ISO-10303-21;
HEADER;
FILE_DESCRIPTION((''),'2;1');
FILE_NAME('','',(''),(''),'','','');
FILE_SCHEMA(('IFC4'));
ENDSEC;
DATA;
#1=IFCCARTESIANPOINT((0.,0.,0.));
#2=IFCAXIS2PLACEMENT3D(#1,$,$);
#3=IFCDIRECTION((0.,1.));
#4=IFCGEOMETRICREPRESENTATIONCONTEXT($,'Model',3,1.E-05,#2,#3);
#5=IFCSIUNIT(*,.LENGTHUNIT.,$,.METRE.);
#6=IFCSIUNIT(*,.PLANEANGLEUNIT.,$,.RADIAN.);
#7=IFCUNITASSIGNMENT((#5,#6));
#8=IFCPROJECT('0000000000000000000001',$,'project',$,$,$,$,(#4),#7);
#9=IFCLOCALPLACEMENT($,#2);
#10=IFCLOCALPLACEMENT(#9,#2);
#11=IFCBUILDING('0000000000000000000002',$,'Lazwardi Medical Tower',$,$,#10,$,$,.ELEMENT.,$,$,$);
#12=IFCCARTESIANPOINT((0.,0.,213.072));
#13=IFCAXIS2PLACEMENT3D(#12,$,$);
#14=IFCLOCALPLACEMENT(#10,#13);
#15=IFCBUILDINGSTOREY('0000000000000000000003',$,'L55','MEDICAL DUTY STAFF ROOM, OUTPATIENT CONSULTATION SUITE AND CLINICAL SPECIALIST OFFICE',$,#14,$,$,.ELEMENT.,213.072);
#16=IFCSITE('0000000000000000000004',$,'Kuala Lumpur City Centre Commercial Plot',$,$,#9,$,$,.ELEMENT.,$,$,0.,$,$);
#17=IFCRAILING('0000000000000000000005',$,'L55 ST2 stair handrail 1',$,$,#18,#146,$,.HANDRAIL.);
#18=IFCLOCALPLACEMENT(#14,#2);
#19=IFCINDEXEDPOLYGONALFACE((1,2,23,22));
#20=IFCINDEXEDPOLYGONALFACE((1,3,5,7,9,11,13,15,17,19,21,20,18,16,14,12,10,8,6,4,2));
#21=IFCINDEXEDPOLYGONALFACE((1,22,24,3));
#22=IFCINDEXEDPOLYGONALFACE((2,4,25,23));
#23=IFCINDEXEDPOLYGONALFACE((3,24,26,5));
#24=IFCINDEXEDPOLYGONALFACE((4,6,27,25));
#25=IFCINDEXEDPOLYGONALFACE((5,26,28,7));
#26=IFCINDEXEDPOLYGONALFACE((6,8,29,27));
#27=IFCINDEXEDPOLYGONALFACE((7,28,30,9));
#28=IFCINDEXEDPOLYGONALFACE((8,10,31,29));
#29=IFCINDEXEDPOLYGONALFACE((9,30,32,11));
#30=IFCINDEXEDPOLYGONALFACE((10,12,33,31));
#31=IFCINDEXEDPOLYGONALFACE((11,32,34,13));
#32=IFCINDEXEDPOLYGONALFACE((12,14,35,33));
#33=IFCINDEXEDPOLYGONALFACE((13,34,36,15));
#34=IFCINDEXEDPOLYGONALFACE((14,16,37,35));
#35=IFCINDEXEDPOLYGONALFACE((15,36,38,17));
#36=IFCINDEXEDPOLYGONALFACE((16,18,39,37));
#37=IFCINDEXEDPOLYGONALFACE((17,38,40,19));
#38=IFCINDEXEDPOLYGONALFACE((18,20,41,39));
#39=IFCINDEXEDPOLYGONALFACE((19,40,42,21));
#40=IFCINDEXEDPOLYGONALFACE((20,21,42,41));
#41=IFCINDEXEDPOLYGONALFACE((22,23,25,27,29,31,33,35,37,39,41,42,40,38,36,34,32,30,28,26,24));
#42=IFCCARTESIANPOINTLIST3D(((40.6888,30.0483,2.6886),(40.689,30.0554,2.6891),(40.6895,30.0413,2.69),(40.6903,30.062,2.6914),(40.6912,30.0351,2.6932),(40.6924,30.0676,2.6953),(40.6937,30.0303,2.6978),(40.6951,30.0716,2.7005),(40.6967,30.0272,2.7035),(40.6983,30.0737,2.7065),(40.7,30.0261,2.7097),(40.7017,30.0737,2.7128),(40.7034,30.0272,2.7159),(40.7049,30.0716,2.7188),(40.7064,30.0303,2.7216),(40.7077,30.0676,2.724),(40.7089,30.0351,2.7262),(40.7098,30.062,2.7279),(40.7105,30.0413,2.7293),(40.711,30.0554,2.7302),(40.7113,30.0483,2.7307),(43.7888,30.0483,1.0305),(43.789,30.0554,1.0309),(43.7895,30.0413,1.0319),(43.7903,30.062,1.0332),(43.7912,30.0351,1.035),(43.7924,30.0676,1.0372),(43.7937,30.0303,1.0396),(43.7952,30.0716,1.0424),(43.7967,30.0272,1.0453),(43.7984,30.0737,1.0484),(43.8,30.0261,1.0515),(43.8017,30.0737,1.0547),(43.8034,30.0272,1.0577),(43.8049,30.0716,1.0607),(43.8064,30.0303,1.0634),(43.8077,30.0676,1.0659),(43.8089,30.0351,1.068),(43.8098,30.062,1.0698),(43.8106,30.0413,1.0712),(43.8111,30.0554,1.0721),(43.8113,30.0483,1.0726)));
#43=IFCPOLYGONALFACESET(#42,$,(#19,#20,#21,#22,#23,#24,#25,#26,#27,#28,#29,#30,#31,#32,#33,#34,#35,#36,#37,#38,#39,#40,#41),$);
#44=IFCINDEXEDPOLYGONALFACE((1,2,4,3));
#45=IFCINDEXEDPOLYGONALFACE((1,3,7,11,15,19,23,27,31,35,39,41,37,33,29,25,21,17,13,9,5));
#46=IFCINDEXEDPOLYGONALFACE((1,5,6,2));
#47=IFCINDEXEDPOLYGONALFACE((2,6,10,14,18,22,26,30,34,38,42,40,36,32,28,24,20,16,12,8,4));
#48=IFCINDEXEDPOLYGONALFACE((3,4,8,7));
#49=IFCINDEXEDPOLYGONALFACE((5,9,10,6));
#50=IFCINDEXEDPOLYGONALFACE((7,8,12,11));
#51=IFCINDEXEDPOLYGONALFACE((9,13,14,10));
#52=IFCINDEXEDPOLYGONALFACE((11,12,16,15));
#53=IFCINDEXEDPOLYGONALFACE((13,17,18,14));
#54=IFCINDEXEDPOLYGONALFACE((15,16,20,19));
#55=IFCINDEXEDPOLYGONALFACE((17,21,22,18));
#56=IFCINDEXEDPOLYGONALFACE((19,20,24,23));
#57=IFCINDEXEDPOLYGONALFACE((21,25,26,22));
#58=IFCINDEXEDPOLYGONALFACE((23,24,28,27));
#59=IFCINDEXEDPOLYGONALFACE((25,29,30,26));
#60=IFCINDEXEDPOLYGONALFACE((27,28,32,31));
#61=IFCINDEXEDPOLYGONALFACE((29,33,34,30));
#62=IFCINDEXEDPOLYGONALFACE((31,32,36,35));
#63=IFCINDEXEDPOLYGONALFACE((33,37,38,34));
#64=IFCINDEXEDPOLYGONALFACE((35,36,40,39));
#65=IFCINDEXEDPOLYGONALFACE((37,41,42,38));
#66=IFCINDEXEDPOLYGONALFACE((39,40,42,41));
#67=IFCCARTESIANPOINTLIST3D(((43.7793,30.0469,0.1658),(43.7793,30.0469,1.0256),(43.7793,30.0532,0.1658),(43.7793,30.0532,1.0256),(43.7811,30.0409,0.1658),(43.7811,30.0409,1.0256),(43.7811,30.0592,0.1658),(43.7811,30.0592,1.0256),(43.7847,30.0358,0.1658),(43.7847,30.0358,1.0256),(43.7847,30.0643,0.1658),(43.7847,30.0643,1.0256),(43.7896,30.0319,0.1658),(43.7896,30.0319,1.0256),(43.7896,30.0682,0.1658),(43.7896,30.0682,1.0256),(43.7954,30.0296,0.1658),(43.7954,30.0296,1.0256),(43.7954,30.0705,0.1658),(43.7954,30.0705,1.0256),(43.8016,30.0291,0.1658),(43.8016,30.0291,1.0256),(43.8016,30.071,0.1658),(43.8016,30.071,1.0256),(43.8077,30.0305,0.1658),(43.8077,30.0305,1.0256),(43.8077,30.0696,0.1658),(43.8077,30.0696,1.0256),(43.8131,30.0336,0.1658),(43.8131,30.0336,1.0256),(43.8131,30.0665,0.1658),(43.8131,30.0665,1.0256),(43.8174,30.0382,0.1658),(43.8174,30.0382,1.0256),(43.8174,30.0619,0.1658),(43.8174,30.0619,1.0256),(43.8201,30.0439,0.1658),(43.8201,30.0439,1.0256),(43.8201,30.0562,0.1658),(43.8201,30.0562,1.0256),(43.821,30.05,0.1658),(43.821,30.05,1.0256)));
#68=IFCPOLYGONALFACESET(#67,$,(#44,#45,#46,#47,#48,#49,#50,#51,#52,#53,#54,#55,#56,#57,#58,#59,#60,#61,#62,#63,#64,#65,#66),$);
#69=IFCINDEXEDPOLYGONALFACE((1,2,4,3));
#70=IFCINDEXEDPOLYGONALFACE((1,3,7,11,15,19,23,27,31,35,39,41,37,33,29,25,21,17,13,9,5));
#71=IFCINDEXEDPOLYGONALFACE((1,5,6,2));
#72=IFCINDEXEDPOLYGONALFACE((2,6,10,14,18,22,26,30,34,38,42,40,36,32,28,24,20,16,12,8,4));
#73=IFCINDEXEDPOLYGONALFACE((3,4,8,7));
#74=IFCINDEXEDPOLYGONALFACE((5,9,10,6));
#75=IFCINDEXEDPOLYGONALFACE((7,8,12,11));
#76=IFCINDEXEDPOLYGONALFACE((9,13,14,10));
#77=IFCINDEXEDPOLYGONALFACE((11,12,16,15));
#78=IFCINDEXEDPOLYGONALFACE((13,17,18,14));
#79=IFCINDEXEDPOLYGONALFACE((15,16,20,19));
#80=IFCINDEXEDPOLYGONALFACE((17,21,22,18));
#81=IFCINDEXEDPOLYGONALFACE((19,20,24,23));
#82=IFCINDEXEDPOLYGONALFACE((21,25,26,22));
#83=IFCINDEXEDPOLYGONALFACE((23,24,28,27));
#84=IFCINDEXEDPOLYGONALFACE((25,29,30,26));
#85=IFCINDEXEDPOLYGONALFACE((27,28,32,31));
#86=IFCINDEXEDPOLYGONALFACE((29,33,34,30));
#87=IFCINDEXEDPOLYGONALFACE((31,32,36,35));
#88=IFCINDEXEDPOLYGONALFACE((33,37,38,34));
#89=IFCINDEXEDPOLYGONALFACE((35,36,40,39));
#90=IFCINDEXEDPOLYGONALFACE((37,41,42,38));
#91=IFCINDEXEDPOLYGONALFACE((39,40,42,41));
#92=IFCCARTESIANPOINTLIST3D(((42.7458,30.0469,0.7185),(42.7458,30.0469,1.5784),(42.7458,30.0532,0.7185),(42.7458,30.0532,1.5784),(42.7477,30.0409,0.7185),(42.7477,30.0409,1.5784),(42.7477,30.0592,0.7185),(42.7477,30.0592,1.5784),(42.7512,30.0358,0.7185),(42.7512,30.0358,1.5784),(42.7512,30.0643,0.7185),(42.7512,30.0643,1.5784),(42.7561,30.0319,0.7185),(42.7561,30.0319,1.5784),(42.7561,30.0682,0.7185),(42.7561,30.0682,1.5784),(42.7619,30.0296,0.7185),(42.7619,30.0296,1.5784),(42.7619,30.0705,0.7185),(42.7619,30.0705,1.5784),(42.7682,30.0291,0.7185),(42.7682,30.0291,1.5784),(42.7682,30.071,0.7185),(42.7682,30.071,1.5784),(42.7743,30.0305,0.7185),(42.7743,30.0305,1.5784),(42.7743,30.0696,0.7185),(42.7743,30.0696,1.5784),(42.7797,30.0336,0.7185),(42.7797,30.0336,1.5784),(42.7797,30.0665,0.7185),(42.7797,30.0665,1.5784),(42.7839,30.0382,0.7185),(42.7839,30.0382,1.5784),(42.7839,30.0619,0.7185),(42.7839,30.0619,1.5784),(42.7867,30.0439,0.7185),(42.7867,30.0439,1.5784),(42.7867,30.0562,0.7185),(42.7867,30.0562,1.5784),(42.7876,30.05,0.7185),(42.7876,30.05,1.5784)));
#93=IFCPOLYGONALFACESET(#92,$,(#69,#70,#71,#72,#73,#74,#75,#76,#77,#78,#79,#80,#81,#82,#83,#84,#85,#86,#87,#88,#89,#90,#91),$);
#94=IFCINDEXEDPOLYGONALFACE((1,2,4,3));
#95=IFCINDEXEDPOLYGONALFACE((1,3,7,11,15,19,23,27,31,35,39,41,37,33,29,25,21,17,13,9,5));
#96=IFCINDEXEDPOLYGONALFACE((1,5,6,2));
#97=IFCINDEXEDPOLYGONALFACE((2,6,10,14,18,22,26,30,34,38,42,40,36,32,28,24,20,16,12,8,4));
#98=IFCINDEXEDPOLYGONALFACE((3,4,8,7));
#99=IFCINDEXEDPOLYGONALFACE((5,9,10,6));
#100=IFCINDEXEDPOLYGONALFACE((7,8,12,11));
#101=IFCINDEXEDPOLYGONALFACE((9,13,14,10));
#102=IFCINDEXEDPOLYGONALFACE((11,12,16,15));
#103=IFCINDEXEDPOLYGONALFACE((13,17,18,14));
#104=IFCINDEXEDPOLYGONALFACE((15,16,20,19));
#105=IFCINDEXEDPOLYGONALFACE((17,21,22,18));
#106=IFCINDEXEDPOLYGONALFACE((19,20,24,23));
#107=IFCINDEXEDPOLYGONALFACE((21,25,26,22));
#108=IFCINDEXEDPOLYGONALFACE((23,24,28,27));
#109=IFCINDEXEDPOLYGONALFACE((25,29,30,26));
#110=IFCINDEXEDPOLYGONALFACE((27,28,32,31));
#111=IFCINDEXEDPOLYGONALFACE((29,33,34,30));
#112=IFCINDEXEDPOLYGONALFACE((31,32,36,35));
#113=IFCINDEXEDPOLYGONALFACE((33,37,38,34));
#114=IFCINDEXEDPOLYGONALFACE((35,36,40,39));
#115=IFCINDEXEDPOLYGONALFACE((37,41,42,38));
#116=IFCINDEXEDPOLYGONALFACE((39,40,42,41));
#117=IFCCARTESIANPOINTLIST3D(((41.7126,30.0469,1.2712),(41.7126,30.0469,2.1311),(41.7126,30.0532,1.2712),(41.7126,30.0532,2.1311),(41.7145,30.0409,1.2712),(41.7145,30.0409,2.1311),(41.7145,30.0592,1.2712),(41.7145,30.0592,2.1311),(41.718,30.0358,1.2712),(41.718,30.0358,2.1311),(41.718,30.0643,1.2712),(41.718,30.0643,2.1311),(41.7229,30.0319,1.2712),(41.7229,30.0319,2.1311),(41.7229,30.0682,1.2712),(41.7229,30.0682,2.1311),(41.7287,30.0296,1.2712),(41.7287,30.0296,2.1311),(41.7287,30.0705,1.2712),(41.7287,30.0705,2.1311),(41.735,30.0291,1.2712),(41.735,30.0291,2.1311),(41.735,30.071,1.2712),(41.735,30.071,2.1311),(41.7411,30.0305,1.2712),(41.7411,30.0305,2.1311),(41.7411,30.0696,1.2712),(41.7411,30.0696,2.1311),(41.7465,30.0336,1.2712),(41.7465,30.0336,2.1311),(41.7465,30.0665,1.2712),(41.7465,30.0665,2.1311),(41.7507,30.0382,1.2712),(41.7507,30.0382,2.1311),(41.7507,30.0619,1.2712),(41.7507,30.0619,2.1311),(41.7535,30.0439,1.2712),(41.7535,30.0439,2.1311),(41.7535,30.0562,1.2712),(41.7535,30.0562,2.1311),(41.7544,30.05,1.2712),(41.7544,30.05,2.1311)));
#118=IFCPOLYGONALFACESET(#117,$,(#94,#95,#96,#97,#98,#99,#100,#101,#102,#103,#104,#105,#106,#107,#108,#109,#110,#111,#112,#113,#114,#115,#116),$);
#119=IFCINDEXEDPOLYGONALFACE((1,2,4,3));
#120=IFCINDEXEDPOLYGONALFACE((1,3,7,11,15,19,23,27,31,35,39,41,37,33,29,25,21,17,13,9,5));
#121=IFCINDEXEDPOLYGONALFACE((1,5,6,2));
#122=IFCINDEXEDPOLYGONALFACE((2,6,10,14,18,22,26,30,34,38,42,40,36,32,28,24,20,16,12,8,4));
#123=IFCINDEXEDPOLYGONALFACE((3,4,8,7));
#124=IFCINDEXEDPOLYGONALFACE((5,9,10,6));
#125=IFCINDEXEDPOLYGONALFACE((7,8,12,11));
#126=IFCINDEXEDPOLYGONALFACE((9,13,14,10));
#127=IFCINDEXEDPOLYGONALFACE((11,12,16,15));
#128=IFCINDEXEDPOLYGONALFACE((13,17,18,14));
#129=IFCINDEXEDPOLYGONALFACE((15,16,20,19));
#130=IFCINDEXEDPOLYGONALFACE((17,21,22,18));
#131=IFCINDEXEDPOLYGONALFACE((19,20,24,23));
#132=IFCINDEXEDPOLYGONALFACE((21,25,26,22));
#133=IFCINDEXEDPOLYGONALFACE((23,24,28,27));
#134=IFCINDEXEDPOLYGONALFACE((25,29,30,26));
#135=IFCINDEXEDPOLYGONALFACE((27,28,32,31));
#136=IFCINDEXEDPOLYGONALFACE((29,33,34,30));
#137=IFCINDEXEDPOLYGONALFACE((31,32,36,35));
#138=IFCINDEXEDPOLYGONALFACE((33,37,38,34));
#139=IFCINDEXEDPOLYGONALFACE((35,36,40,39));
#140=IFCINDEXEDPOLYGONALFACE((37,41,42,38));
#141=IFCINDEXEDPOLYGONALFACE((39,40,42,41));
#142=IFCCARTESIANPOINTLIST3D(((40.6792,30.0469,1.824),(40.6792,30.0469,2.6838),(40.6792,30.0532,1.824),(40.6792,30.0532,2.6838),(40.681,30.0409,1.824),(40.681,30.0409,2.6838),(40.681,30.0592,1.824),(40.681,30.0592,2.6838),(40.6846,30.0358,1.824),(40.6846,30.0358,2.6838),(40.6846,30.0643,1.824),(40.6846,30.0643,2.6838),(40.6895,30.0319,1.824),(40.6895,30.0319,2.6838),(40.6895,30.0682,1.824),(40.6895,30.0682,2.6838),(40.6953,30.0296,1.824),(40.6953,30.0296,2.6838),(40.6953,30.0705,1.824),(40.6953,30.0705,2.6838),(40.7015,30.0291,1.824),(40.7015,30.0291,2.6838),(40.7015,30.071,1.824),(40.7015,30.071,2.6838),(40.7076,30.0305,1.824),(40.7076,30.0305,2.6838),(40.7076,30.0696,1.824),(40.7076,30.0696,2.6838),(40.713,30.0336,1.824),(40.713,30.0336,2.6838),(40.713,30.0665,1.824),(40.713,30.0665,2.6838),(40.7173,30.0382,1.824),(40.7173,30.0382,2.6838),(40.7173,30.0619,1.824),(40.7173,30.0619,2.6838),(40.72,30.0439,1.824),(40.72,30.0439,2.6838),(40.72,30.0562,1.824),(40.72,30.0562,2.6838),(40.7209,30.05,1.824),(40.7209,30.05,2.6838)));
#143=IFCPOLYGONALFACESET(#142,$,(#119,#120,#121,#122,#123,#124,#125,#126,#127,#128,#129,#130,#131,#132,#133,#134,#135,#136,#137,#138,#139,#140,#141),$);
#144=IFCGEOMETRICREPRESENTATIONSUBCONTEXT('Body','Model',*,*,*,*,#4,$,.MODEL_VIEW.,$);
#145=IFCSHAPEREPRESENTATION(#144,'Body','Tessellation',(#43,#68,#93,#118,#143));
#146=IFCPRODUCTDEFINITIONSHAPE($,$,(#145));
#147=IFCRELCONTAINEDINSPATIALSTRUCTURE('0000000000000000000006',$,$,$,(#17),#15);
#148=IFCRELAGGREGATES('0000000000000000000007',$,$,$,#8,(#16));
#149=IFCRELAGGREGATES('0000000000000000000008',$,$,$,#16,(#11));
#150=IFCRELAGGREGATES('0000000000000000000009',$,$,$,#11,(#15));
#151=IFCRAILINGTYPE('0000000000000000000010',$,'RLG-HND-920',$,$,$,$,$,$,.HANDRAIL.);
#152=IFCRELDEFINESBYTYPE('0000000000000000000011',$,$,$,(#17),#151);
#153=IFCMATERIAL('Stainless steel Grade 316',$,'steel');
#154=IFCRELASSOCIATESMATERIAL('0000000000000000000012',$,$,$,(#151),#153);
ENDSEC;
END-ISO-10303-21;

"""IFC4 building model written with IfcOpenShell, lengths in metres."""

from ifc_helpers import new_model, si_unit, direction, frame, origin, origin_2d, place, context, subcontext, project, spatial, circle, extrude, material, type_object, element, save


model = new_model("IFC4")

# Units and contexts
model_context = context("Model", 3, precision=1e-05, world=origin(), true_north=direction((0.0, 1.0)))
body_context = subcontext(model_context, "Body", "Model", "MODEL_VIEW")
ifc_project = project(units=[si_unit("LENGTHUNIT", "METRE"), si_unit("PLANEANGLEUNIT", "RADIAN")], contexts=[model_context])

# Site, building, storey
site_placement = place(None, origin())
site = spatial("IfcSite", under=ifc_project, at=site_placement, Name="Kuala Lumpur City Centre Commercial Plot", CompositionType="ELEMENT", RefElevation=0.0)
building_placement = place(site_placement, origin())
building = spatial("IfcBuilding", under=site, at=building_placement, Name="Lazwardi Medical Tower", CompositionType="ELEMENT")
storey_placement = place(building_placement, frame((0.0, 0.0, 213.072)))
storey = spatial("IfcBuildingStorey", under=building, at=storey_placement, Name="L55", Description="MEDICAL DUTY STAFF ROOM, OUTPATIENT CONSULTATION SUITE AND CLINICAL SPECIALIST OFFICE", CompositionType="ELEMENT", Elevation=213.072)

# Railing
ifc_material_1 = material(Name="Stainless steel Grade 316", Category="steel")
railing_type = type_object("IfcRailingType", Name="RLG-HND-920", PredefinedType="HANDRAIL", material=ifc_material_1)
railing_1_placement = place(storey_placement, frame((43.8, 30.05, 0.1658)))
element("IfcRailing", 1, at=railing_1_placement, inside=storey, type_object=railing_type, Name="L55 ST2 stair handrail 1", PredefinedType="HANDRAIL", context=body_context, shape_type="SweptSolid", body=[
    extrude(circle(Radius=0.0239, at=origin_2d()), frame((0.0, 0.0, 0.8857), z_axis=(-0.881783, 0.0, 0.471655), x_axis=(0.0, -1.0, 0.0)), (0.0, 0.0, 1.0), 3.5156),
    extrude(circle(Radius=0.021, at=origin_2d()), origin(), (0.0, 0.0, 1.0), 0.8599),
    extrude(circle(Radius=0.021, at=origin_2d()), frame((-1.0334, 0.0, 0.5527)), (0.0, 0.0, 1.0), 0.8599),
    extrude(circle(Radius=0.021, at=origin_2d()), frame((-2.0667, 0.0, 1.1055)), (0.0, 0.0, 1.0), 0.8599),
    extrude(circle(Radius=0.021, at=origin_2d()), frame((-3.1001, 0.0, 1.6582)), (0.0, 0.0, 1.0), 0.8599),
])

save(model, "model.ifc")
